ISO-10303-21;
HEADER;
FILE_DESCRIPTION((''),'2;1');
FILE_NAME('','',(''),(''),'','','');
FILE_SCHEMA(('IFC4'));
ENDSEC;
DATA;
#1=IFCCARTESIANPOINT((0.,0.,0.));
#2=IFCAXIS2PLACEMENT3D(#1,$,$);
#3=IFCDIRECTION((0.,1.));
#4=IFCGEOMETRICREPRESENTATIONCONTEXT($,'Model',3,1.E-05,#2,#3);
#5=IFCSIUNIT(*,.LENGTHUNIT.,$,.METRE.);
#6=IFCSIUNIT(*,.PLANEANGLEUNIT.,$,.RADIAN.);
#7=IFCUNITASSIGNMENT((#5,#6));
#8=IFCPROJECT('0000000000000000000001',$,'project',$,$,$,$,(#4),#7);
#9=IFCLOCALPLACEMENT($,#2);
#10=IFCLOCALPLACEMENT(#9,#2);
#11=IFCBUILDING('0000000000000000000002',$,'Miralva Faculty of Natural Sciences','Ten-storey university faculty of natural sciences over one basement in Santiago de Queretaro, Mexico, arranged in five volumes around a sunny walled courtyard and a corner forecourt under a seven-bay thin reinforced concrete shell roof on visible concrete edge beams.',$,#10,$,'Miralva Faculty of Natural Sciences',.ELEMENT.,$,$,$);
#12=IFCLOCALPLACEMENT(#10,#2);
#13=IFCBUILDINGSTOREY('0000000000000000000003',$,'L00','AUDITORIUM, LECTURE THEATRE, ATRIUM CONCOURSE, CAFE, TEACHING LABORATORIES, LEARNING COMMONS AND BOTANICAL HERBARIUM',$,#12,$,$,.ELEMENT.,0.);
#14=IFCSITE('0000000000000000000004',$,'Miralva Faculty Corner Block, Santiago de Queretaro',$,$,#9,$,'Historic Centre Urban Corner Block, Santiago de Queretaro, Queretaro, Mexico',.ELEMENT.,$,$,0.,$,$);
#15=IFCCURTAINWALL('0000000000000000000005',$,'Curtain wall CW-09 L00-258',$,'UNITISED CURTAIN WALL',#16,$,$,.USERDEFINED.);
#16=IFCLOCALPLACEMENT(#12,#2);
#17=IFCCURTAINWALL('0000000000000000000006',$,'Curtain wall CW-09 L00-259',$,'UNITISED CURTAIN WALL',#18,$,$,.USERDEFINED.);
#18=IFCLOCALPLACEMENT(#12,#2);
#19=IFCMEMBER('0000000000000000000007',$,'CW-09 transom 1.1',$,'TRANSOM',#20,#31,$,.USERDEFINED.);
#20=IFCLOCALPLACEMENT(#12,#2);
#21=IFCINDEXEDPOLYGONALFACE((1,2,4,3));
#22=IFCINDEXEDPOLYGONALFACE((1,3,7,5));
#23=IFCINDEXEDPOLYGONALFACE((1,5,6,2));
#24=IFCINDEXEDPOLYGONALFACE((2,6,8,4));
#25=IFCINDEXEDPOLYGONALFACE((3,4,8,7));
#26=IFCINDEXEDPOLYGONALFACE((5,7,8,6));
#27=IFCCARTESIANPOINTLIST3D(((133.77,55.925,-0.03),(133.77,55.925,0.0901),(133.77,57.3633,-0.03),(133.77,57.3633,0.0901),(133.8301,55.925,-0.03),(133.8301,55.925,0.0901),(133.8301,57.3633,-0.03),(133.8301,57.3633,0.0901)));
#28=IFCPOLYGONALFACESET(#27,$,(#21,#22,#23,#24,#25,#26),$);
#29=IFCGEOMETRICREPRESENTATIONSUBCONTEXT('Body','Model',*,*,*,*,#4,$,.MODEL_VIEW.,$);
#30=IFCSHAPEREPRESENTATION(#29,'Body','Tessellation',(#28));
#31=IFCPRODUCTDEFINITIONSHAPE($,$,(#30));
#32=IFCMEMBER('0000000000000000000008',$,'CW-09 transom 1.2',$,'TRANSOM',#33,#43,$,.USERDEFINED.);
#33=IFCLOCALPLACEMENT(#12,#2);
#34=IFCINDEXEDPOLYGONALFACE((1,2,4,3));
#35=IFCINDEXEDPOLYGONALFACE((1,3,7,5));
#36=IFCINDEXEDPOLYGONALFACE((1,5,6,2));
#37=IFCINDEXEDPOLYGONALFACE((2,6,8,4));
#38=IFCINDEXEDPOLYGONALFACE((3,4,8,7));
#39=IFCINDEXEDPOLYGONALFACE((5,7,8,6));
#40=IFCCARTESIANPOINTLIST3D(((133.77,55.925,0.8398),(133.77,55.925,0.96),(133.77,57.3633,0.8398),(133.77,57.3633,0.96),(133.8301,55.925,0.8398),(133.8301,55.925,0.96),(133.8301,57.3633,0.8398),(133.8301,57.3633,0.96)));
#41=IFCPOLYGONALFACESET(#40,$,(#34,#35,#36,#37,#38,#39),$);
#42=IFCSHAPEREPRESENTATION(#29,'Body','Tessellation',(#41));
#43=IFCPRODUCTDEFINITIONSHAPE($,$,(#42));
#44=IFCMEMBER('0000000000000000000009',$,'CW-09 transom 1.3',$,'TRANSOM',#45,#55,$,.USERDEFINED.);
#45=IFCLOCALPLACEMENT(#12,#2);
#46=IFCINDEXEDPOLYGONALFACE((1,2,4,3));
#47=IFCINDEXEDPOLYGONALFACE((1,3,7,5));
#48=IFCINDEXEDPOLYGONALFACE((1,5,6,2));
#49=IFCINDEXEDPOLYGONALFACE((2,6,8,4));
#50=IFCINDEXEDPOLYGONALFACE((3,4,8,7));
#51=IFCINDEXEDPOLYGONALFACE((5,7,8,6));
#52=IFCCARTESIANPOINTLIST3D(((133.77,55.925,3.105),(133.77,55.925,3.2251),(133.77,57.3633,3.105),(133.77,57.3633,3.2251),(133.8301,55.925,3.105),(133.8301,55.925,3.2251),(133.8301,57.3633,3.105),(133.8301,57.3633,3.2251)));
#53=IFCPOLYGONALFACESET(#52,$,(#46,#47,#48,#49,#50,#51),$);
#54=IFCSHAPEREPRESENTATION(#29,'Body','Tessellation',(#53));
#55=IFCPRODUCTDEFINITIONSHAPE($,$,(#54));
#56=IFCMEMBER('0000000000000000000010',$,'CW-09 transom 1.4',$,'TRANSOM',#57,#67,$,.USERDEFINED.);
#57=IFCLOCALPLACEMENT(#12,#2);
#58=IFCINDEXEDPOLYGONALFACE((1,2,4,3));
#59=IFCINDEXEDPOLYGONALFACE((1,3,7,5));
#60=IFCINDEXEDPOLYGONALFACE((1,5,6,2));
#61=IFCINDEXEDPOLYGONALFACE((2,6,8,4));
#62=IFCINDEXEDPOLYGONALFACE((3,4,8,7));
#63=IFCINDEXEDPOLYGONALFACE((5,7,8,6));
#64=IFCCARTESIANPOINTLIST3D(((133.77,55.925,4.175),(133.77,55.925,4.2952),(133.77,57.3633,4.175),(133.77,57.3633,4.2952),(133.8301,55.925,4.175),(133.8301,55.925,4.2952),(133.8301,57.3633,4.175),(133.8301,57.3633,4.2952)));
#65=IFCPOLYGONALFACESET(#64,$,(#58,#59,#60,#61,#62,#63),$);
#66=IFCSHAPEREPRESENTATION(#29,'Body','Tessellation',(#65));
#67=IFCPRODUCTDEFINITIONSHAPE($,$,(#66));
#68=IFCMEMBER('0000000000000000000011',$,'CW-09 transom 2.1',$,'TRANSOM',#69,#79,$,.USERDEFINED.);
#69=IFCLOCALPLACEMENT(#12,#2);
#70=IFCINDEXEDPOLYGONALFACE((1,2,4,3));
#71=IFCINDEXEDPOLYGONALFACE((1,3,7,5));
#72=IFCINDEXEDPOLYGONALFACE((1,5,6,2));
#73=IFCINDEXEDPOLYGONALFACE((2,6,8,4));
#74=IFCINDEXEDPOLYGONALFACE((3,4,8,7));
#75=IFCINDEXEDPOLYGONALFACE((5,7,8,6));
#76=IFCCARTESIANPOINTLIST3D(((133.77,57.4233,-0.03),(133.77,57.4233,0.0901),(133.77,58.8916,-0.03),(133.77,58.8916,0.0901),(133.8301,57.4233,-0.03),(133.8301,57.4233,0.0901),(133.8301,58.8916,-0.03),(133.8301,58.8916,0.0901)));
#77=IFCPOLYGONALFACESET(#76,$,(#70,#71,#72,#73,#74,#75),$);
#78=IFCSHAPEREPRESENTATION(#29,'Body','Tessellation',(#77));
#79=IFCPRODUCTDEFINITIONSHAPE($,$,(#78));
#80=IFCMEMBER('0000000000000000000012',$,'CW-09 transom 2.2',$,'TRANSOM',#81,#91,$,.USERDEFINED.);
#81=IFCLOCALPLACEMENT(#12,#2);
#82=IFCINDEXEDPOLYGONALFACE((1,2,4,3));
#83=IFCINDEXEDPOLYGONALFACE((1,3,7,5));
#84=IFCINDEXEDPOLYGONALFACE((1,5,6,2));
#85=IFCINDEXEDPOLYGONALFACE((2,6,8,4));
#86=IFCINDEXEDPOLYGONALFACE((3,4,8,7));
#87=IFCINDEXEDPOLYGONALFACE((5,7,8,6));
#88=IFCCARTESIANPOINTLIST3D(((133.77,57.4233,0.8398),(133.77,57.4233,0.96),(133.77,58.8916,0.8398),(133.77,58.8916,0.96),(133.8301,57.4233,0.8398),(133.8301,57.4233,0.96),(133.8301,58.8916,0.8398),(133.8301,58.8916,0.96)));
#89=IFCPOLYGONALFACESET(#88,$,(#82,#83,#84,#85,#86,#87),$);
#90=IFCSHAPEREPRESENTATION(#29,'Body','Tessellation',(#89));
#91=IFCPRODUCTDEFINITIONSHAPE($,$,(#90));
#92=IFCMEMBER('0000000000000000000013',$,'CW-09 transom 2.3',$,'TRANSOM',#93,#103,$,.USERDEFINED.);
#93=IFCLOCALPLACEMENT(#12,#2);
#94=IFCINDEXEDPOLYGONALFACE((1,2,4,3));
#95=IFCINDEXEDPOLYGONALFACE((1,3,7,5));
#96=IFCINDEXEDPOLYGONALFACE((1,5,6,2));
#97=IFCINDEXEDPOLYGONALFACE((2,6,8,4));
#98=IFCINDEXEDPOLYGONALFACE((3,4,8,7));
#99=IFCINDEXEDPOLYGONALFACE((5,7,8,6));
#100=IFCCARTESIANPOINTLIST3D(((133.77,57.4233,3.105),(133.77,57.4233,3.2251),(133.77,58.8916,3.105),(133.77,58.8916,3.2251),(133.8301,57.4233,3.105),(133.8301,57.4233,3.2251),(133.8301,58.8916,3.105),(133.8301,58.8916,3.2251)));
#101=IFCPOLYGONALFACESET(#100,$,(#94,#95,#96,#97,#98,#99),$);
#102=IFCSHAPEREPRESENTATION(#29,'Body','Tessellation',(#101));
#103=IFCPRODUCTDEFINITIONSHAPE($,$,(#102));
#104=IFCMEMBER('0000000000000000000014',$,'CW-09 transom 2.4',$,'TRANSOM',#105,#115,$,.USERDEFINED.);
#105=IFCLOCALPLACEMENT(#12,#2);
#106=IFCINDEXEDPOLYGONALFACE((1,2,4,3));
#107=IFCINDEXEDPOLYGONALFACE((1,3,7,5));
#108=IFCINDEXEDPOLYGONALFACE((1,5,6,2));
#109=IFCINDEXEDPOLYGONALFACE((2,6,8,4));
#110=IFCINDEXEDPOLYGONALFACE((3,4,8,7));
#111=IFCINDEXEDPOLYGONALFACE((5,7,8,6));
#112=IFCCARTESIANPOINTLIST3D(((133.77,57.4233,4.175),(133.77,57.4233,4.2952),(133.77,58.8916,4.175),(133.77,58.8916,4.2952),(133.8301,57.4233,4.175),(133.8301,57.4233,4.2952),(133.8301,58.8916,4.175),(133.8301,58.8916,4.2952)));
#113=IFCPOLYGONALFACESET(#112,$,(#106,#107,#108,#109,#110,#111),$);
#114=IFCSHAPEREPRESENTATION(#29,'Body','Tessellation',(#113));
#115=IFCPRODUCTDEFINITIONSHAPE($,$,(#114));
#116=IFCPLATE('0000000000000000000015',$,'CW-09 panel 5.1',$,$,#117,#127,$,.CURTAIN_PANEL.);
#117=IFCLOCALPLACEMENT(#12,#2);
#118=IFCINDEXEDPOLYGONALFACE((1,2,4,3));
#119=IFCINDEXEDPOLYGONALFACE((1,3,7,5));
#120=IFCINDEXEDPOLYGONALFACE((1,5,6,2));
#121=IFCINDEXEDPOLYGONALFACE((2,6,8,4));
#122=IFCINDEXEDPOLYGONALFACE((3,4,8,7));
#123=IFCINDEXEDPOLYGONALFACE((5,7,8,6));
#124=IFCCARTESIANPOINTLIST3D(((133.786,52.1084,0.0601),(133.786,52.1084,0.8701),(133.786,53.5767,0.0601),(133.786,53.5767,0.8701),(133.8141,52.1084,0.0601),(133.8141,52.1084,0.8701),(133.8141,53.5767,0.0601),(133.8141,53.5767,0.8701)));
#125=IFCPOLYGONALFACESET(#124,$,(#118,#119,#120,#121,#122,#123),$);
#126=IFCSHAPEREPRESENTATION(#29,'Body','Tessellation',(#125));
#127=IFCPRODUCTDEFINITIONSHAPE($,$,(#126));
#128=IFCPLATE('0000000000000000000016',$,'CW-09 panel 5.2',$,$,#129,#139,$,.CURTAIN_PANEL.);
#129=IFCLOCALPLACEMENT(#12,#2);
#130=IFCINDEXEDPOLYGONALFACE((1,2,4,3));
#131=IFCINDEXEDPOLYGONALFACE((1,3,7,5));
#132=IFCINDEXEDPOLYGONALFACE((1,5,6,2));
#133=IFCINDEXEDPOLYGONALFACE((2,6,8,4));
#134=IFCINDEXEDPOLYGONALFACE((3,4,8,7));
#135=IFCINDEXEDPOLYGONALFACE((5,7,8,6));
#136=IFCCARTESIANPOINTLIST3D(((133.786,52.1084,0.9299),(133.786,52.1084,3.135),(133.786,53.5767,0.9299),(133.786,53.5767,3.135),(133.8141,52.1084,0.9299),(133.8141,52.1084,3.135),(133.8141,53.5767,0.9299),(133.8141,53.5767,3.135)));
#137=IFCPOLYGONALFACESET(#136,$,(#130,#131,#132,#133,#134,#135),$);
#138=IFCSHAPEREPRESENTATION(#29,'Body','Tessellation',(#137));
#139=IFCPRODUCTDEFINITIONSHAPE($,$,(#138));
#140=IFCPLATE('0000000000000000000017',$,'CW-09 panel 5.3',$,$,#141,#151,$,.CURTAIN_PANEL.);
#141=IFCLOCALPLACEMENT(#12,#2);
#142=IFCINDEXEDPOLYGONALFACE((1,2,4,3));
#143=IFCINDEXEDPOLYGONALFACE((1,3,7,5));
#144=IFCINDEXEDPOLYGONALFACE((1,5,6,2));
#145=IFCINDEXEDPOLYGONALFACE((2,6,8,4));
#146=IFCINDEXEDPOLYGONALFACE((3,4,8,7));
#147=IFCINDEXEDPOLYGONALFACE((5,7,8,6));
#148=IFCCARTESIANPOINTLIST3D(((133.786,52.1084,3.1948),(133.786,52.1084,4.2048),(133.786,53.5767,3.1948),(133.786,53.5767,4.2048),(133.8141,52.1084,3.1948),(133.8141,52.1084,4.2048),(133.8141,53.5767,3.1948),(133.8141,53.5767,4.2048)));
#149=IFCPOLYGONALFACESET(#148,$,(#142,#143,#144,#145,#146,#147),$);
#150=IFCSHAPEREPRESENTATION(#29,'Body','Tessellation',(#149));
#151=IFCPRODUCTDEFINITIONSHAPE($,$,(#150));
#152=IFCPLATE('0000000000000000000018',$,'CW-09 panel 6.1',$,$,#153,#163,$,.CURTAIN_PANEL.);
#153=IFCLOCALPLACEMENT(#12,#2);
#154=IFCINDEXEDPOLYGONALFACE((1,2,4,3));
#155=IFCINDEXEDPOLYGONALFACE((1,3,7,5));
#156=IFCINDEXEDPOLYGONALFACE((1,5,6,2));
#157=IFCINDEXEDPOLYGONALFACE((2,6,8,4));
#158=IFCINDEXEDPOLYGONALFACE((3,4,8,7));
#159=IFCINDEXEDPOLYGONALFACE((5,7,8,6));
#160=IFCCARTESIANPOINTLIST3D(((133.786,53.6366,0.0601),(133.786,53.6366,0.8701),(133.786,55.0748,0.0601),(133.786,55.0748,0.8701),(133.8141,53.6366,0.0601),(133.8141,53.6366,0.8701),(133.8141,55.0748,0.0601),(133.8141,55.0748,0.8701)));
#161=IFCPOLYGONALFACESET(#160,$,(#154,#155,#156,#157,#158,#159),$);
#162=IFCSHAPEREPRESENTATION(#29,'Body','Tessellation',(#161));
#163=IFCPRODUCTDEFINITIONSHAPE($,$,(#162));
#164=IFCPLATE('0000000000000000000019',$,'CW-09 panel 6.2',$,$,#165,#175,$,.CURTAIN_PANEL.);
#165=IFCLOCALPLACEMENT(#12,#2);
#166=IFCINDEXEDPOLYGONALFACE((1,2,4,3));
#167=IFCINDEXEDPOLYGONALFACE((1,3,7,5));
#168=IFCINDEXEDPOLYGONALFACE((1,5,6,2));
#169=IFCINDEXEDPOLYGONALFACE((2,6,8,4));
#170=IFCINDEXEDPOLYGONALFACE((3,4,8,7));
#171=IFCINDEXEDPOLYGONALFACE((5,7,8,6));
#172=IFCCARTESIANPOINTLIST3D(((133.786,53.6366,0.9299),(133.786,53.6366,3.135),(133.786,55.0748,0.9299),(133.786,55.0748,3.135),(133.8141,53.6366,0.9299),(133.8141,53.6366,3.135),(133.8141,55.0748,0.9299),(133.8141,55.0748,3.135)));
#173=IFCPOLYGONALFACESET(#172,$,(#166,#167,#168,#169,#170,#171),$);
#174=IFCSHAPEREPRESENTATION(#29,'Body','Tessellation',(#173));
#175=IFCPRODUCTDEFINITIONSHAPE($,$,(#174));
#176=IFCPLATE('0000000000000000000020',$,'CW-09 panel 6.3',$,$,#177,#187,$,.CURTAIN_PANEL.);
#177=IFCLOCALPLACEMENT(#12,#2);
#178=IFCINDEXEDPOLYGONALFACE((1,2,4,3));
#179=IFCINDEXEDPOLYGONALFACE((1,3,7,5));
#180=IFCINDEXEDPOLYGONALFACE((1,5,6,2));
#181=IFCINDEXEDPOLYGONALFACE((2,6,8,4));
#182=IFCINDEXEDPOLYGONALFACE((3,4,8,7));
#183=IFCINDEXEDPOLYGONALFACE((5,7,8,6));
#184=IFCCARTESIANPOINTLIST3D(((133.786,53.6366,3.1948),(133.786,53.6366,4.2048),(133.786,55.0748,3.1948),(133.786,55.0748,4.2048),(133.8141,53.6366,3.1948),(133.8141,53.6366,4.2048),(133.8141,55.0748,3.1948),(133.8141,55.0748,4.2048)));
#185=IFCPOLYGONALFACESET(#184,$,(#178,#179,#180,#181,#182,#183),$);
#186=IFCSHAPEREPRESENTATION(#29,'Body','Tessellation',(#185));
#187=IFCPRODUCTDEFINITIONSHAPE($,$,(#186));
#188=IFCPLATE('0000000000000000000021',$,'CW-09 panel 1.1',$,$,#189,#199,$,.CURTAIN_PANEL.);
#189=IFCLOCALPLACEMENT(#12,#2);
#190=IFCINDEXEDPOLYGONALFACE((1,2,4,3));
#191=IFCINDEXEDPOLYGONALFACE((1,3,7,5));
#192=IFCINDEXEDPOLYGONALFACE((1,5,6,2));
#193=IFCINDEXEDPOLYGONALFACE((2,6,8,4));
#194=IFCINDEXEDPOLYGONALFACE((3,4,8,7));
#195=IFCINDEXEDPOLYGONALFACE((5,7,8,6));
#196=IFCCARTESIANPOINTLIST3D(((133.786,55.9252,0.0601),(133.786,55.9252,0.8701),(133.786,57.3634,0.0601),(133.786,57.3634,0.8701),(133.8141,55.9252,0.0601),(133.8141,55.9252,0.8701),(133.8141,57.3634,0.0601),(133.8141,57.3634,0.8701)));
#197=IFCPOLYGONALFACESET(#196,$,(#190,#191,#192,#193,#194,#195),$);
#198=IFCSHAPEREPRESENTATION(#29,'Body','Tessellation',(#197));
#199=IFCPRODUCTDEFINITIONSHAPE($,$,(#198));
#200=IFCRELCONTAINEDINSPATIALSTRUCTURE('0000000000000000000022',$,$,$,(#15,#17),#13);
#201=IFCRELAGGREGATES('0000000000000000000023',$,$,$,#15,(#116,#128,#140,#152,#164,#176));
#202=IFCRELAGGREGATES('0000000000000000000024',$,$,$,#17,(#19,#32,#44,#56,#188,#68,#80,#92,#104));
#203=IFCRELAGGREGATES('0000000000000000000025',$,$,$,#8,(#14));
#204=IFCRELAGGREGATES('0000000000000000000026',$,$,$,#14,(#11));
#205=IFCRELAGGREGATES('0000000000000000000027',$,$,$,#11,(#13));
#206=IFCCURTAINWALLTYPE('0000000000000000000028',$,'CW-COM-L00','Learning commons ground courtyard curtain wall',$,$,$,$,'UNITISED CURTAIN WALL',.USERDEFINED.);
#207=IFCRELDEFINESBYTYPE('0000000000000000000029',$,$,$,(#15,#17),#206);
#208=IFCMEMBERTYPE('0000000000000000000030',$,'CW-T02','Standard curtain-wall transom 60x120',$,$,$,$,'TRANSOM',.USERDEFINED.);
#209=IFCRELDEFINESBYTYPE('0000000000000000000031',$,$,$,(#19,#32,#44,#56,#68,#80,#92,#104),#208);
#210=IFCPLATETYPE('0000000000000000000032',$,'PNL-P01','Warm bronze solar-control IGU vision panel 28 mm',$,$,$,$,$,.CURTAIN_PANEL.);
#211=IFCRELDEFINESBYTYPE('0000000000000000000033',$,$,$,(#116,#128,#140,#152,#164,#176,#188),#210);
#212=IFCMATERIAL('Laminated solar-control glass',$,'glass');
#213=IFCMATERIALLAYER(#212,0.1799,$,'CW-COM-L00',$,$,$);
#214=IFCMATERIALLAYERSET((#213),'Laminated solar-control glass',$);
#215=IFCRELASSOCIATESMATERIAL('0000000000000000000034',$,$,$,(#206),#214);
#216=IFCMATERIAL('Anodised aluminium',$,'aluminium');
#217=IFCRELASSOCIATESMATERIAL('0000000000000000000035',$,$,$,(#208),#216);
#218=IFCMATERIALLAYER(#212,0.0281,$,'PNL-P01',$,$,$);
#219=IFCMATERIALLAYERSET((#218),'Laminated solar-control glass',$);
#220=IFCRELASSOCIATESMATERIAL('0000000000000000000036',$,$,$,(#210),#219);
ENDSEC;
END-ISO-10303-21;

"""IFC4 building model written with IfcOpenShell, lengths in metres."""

from ifc_helpers import new_model, si_unit, direction, frame, origin, origin_2d, place, context, subcontext, project, spatial, rectangle, extrude, material, layer, layer_set, material_profile, profile_set, type_object, element, aggregate, save


model = new_model("IFC4")

# Units and contexts
model_context = context("Model", 3, precision=1e-05, world=origin(), true_north=direction((0.0, 1.0)))
body_context = subcontext(model_context, "Body", "Model", "MODEL_VIEW")
ifc_project = project(units=[si_unit("LENGTHUNIT", "METRE"), si_unit("PLANEANGLEUNIT", "RADIAN")], contexts=[model_context])

# Site, building, storey
site_placement = place(None, origin())
site = spatial("IfcSite", under=ifc_project, at=site_placement, Name="Miralva Faculty Corner Block, Santiago de Queretaro", LongName="Historic Centre Urban Corner Block, Santiago de Queretaro, Queretaro, Mexico", CompositionType="ELEMENT", RefElevation=0.0)
building_placement = place(site_placement, origin())
building = spatial("IfcBuilding", under=site, at=building_placement, Name="Miralva Faculty of Natural Sciences", Description="Ten-storey university faculty of natural sciences over one basement in Santiago de Queretaro, Mexico, arranged in five volumes around a sunny walled courtyard and a corner forecourt under a seven-bay thin reinforced concrete shell roof on visible concrete edge beams.", LongName="Miralva Faculty of Natural Sciences", CompositionType="ELEMENT")
storey_placement = place(building_placement, origin())
storey = spatial("IfcBuildingStorey", under=building, at=storey_placement, Name="L00", Description="AUDITORIUM, LECTURE THEATRE, ATRIUM CONCOURSE, CAFE, TEACHING LABORATORIES, LEARNING COMMONS AND BOTANICAL HERBARIUM", CompositionType="ELEMENT", Elevation=0.0)

# Curtain walls
ifc_material_1 = material(Name="Laminated solar-control glass", Category="glass")
ifc_layer_1 = layer(ifc_material_1, 0.1799, Name="CW-COM-L00")
ifc_layer_set_1 = layer_set([ifc_layer_1], Name="Laminated solar-control glass")
curtain_wall_type = type_object("IfcCurtainWallType", Name="CW-COM-L00", Description="Learning commons ground courtyard curtain wall", ElementType="UNITISED CURTAIN WALL", PredefinedType="USERDEFINED", material=ifc_layer_set_1)
curtain_wall_1_placement = place(storey_placement, origin())
curtain_wall_1 = element("IfcCurtainWall", 1, at=curtain_wall_1_placement, inside=storey, type_object=curtain_wall_type, Name="Curtain wall CW-09 L00-258", ObjectType="UNITISED CURTAIN WALL", PredefinedType="USERDEFINED")
ifc_material_2 = material(Name="Anodised aluminium", Category="aluminium")
curtain_wall_2_placement = place(storey_placement, origin())
curtain_wall_2 = element("IfcCurtainWall", 2, at=curtain_wall_2_placement, inside=storey, type_object=curtain_wall_type, Name="Curtain wall CW-09 L00-259", ObjectType="UNITISED CURTAIN WALL", PredefinedType="USERDEFINED")

# Members
ifc_material_profile_1 = material_profile(ifc_material_2, rectangle(XDim=0.0601, YDim=0.1201, at=origin_2d()), Name="TRANSOM 60x120")
ifc_profile_set_1 = profile_set([ifc_material_profile_1], Name="Anodised aluminium")
member_type_1 = type_object("IfcMemberType", Name="CW-T02", Description="Standard curtain-wall transom 60x120", ElementType="TRANSOM", PredefinedType="USERDEFINED", material=ifc_profile_set_1)
member_1_placement = place(storey_placement, frame((133.8, 55.925, 0.03), z_axis=(0.0, 1.0, 0.0), x_axis=(-1.0, 0.0, 0.0)))
member_1 = element("IfcMember", 3, at=member_1_placement, type_object=member_type_1, Name="CW-09 transom 1.1", ObjectType="TRANSOM", PredefinedType="USERDEFINED", context=body_context, shape_type="SweptSolid", body=[
    extrude(rectangle(XDim=0.0601, YDim=0.1201, at=origin_2d()), origin(), (0.0, 0.0, 1.0), 1.4382),
])
member_2_placement = place(storey_placement, frame((133.8, 55.925, 0.8999), z_axis=(0.0, 1.0, 0.0), x_axis=(-1.0, 0.0, 0.0)))
member_2 = element("IfcMember", 4, at=member_2_placement, type_object=member_type_1, Name="CW-09 transom 1.2", ObjectType="TRANSOM", PredefinedType="USERDEFINED", context=body_context, shape_type="SweptSolid", body=[
    extrude(rectangle(XDim=0.0601, YDim=0.1201, at=origin_2d()), origin(), (0.0, 0.0, 1.0), 1.4382),
])
member_3_placement = place(storey_placement, frame((133.8, 55.925, 3.165), z_axis=(0.0, 1.0, 0.0), x_axis=(-1.0, 0.0, 0.0)))
member_3 = element("IfcMember", 5, at=member_3_placement, type_object=member_type_1, Name="CW-09 transom 1.3", ObjectType="TRANSOM", PredefinedType="USERDEFINED", context=body_context, shape_type="SweptSolid", body=[
    extrude(rectangle(XDim=0.0601, YDim=0.1201, at=origin_2d()), origin(), (0.0, 0.0, 1.0), 1.4382),
])
member_4_placement = place(storey_placement, frame((133.8, 55.925, 4.2351), z_axis=(0.0, 1.0, 0.0), x_axis=(-1.0, 0.0, 0.0)))
member_4 = element("IfcMember", 6, at=member_4_placement, type_object=member_type_1, Name="CW-09 transom 1.4", ObjectType="TRANSOM", PredefinedType="USERDEFINED", context=body_context, shape_type="SweptSolid", body=[
    extrude(rectangle(XDim=0.0601, YDim=0.1201, at=origin_2d()), origin(), (0.0, 0.0, 1.0), 1.4382),
])
member_5_placement = place(storey_placement, frame((133.8, 57.4233, 0.03), z_axis=(0.0, 1.0, 0.0), x_axis=(-1.0, 0.0, 0.0)))
member_5 = element("IfcMember", 7, at=member_5_placement, type_object=member_type_1, Name="CW-09 transom 2.1", ObjectType="TRANSOM", PredefinedType="USERDEFINED", context=body_context, shape_type="SweptSolid", body=[
    extrude(rectangle(XDim=0.0601, YDim=0.1201, at=origin_2d()), origin(), (0.0, 0.0, 1.0), 1.4683),
])
member_6_placement = place(storey_placement, frame((133.8, 57.4233, 0.8999), z_axis=(0.0, 1.0, 0.0), x_axis=(-1.0, 0.0, 0.0)))
member_6 = element("IfcMember", 8, at=member_6_placement, type_object=member_type_1, Name="CW-09 transom 2.2", ObjectType="TRANSOM", PredefinedType="USERDEFINED", context=body_context, shape_type="SweptSolid", body=[
    extrude(rectangle(XDim=0.0601, YDim=0.1201, at=origin_2d()), origin(), (0.0, 0.0, 1.0), 1.4683),
])
member_7_placement = place(storey_placement, frame((133.8, 57.4233, 3.165), z_axis=(0.0, 1.0, 0.0), x_axis=(-1.0, 0.0, 0.0)))
member_7 = element("IfcMember", 9, at=member_7_placement, type_object=member_type_1, Name="CW-09 transom 2.3", ObjectType="TRANSOM", PredefinedType="USERDEFINED", context=body_context, shape_type="SweptSolid", body=[
    extrude(rectangle(XDim=0.0601, YDim=0.1201, at=origin_2d()), origin(), (0.0, 0.0, 1.0), 1.4683),
])
member_8_placement = place(storey_placement, frame((133.8, 57.4233, 4.2351), z_axis=(0.0, 1.0, 0.0), x_axis=(-1.0, 0.0, 0.0)))
member_8 = element("IfcMember", 10, at=member_8_placement, type_object=member_type_1, Name="CW-09 transom 2.4", ObjectType="TRANSOM", PredefinedType="USERDEFINED", context=body_context, shape_type="SweptSolid", body=[
    extrude(rectangle(XDim=0.0601, YDim=0.1201, at=origin_2d()), origin(), (0.0, 0.0, 1.0), 1.4683),
])

# Plates
ifc_layer_2 = layer(ifc_material_1, 0.0281, Name="PNL-P01")
ifc_layer_set_2 = layer_set([ifc_layer_2], Name="Laminated solar-control glass")
plate_type = type_object("IfcPlateType", Name="PNL-P01", Description="Warm bronze solar-control IGU vision panel 28 mm", PredefinedType="CURTAIN_PANEL", material=ifc_layer_set_2)
plate_1_placement = place(storey_placement, frame((133.8, 52.8425, 0.0601), z_axis=(0.0, 0.0, 1.0), x_axis=(0.0, 1.0, 0.0)))
plate_1 = element("IfcPlate", 11, at=plate_1_placement, type_object=plate_type, Name="CW-09 panel 5.1", PredefinedType="CURTAIN_PANEL", context=body_context, shape_type="SweptSolid", body=[
    extrude(rectangle(XDim=1.4683, YDim=0.0281, at=origin_2d()), origin(), (0.0, 0.0, 1.0), 0.8101),
])
plate_2_placement = place(storey_placement, frame((133.8, 52.8425, 0.9299), z_axis=(0.0, 0.0, 1.0), x_axis=(0.0, 1.0, 0.0)))
plate_2 = element("IfcPlate", 12, at=plate_2_placement, type_object=plate_type, Name="CW-09 panel 5.2", PredefinedType="CURTAIN_PANEL", context=body_context, shape_type="SweptSolid", body=[
    extrude(rectangle(XDim=1.4683, YDim=0.0281, at=origin_2d()), origin(), (0.0, 0.0, 1.0), 2.2051),
])
plate_3_placement = place(storey_placement, frame((133.8, 52.8425, 3.1948), z_axis=(0.0, 0.0, 1.0), x_axis=(0.0, 1.0, 0.0)))
plate_3 = element("IfcPlate", 13, at=plate_3_placement, type_object=plate_type, Name="CW-09 panel 5.3", PredefinedType="CURTAIN_PANEL", context=body_context, shape_type="SweptSolid", body=[
    extrude(rectangle(XDim=1.4683, YDim=0.0281, at=origin_2d()), origin(), (0.0, 0.0, 1.0), 1.01),
])
plate_4_placement = place(storey_placement, frame((133.8, 54.3557, 0.0601), z_axis=(0.0, 0.0, 1.0), x_axis=(0.0, 1.0, 0.0)))
plate_4 = element("IfcPlate", 14, at=plate_4_placement, type_object=plate_type, Name="CW-09 panel 6.1", PredefinedType="CURTAIN_PANEL", context=body_context, shape_type="SweptSolid", body=[
    extrude(rectangle(XDim=1.4382, YDim=0.0281, at=origin_2d()), origin(), (0.0, 0.0, 1.0), 0.8101),
])
plate_5_placement = place(storey_placement, frame((133.8, 54.3557, 0.9299), z_axis=(0.0, 0.0, 1.0), x_axis=(0.0, 1.0, 0.0)))
plate_5 = element("IfcPlate", 15, at=plate_5_placement, type_object=plate_type, Name="CW-09 panel 6.2", PredefinedType="CURTAIN_PANEL", context=body_context, shape_type="SweptSolid", body=[
    extrude(rectangle(XDim=1.4382, YDim=0.0281, at=origin_2d()), origin(), (0.0, 0.0, 1.0), 2.2051),
])
plate_6_placement = place(storey_placement, frame((133.8, 54.3557, 3.1948), z_axis=(0.0, 0.0, 1.0), x_axis=(0.0, 1.0, 0.0)))
plate_6 = element("IfcPlate", 16, at=plate_6_placement, type_object=plate_type, Name="CW-09 panel 6.3", PredefinedType="CURTAIN_PANEL", context=body_context, shape_type="SweptSolid", body=[
    extrude(rectangle(XDim=1.4382, YDim=0.0281, at=origin_2d()), origin(), (0.0, 0.0, 1.0), 1.01),
])
aggregate(curtain_wall_1, [plate_1, plate_2, plate_3, plate_4, plate_5, plate_6])
plate_7_placement = place(storey_placement, frame((133.8, 56.6443, 0.0601), z_axis=(0.0, 0.0, 1.0), x_axis=(0.0, 1.0, 0.0)))
plate_7 = element("IfcPlate", 17, at=plate_7_placement, type_object=plate_type, Name="CW-09 panel 1.1", PredefinedType="CURTAIN_PANEL", context=body_context, shape_type="SweptSolid", body=[
    extrude(rectangle(XDim=1.4382, YDim=0.0281, at=origin_2d()), origin(), (0.0, 0.0, 1.0), 0.8101),
])
aggregate(curtain_wall_2, [member_1, member_2, member_3, member_4, plate_7, member_5, member_6, member_7, member_8])

save(model, "model.ifc")
